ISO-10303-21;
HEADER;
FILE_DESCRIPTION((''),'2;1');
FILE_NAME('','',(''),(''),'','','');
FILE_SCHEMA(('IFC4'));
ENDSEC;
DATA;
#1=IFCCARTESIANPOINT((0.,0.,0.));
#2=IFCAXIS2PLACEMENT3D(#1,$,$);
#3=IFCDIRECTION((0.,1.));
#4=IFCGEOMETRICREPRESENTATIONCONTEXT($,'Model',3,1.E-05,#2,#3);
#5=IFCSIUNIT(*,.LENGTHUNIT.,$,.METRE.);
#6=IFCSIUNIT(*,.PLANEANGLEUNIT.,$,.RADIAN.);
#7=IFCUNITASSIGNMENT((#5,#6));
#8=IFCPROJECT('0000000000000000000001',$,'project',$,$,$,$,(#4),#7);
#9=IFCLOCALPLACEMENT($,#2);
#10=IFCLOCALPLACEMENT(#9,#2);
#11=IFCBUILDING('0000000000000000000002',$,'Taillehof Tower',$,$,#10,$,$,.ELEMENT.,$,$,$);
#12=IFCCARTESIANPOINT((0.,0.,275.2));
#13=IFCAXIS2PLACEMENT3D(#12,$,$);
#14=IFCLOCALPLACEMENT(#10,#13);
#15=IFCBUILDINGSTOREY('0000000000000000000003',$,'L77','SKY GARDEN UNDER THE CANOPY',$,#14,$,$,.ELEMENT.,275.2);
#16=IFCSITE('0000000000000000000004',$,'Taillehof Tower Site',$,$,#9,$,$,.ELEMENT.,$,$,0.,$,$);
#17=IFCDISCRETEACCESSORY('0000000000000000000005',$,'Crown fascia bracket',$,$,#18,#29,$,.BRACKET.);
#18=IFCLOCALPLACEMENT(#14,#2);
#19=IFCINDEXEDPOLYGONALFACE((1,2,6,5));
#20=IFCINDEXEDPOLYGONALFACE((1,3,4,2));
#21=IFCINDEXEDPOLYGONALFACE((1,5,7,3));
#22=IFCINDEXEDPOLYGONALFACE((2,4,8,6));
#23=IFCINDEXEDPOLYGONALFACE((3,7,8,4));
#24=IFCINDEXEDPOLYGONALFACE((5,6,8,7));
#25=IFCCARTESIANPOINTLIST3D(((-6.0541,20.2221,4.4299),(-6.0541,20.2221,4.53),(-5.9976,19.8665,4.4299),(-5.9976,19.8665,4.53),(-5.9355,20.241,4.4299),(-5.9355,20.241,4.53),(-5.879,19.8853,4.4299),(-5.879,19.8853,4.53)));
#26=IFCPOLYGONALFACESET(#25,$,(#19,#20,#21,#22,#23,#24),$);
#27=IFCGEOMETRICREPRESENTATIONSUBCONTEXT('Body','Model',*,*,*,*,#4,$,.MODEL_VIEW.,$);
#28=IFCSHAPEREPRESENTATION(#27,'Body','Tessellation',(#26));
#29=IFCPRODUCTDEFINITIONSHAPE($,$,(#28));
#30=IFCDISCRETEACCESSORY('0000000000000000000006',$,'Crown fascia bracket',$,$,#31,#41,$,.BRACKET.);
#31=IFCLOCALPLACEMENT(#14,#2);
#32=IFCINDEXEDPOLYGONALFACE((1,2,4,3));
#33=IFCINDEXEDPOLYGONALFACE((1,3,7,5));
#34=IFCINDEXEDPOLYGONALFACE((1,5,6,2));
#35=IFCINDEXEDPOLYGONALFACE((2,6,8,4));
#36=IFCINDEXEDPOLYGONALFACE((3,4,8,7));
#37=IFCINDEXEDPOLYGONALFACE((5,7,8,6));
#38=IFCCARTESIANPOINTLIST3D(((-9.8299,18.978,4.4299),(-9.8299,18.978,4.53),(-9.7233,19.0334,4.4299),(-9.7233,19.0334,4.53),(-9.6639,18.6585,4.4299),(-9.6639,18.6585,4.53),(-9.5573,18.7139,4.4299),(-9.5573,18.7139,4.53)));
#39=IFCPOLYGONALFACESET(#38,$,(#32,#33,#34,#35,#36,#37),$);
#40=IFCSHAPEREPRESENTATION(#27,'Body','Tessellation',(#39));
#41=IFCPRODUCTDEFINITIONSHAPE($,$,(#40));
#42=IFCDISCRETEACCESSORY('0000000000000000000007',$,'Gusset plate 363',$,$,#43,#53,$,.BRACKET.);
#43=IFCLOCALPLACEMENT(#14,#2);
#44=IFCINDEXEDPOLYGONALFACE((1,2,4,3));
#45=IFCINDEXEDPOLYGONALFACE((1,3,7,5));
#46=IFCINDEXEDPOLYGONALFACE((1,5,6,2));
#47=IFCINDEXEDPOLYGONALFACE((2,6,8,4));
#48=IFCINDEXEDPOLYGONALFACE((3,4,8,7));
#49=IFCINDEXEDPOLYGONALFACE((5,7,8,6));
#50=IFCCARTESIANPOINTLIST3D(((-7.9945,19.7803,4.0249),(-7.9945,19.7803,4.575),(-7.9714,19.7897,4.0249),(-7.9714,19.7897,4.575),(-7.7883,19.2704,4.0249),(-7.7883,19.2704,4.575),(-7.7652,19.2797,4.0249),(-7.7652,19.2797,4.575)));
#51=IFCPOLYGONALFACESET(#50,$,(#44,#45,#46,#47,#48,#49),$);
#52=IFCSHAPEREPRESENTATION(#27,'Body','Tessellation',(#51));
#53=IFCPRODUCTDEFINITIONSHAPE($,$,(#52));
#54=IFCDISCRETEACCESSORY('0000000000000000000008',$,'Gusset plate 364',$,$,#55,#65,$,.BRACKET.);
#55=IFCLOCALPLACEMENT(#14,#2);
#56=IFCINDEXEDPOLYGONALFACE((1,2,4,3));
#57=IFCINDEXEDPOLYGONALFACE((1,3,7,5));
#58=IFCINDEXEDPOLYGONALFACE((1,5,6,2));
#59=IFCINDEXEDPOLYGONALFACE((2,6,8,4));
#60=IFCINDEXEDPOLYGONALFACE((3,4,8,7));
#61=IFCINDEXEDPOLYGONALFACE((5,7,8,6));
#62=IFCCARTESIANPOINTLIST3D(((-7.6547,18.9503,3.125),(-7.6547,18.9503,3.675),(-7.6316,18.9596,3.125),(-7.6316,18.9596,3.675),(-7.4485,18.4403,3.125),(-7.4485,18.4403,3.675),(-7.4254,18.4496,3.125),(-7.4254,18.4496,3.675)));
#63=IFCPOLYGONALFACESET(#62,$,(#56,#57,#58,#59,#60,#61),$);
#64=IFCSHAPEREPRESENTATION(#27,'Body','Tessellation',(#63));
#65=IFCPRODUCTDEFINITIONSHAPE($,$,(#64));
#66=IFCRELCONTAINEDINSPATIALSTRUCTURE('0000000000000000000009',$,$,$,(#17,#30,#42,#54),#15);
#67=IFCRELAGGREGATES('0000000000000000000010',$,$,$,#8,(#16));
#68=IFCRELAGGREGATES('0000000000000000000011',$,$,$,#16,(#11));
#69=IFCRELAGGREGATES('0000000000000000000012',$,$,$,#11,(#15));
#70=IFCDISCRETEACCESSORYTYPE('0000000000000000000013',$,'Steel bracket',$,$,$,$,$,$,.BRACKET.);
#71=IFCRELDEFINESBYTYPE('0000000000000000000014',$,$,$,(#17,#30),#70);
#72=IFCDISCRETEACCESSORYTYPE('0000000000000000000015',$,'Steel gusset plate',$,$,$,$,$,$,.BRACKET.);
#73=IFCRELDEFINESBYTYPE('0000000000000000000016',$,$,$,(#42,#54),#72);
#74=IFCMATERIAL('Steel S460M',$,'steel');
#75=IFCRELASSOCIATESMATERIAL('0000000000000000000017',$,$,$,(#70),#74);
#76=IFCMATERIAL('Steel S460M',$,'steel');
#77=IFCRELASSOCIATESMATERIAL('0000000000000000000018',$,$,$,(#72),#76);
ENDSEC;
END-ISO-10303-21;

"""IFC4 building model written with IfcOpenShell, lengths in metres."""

from ifc_helpers import new_model, si_unit, direction, frame, origin, origin_2d, place, context, subcontext, project, spatial, rectangle, extrude, material, type_object, element, save


model = new_model("IFC4")

# Units and contexts
model_context = context("Model", 3, precision=1e-05, world=origin(), true_north=direction((0.0, 1.0)))
body_context = subcontext(model_context, "Body", "Model", "MODEL_VIEW")
ifc_project = project(units=[si_unit("LENGTHUNIT", "METRE"), si_unit("PLANEANGLEUNIT", "RADIAN")], contexts=[model_context])

# Site, building, storey
site_placement = place(None, origin())
site = spatial("IfcSite", under=ifc_project, at=site_placement, Name="Taillehof Tower Site", CompositionType="ELEMENT", RefElevation=0.0)
building_placement = place(site_placement, origin())
building = spatial("IfcBuilding", under=site, at=building_placement, Name="Taillehof Tower", CompositionType="ELEMENT")
storey_placement = place(building_placement, frame((0.0, 0.0, 275.2)))
storey = spatial("IfcBuildingStorey", under=building, at=storey_placement, Name="L77", Description="SKY GARDEN UNDER THE CANOPY", CompositionType="ELEMENT", Elevation=275.2)

# Discrete accessories
ifc_material_1 = material(Name="Steel S460M", Category="steel")
discrete_accessory_type_1 = type_object("IfcDiscreteAccessoryType", Name="Steel bracket", PredefinedType="BRACKET", material=ifc_material_1)
for number, where, z_axis, x_axis, name in (
    (1, (-5.9666, 20.0537, 4.4299), (0.0, 0.0, 1.0), (-0.156802, 0.98763, 0.0), "Crown fascia bracket"),
    (2, (-9.6936, 18.8459, 4.4299), (0.0, 0.0, 1.0), (-0.461145, 0.887325, 0.0), "Crown fascia bracket"),
):
    element("IfcDiscreteAccessory", number, at=place(storey_placement, frame(where, z_axis=z_axis, x_axis=x_axis)), inside=storey, type_object=discrete_accessory_type_1, Name=name, PredefinedType="BRACKET", context=body_context, shape_type="SweptSolid", body=[
        extrude(rectangle(XDim=0.3601, YDim=0.1201, at=origin_2d()), origin(), (0.0, 0.0, 1.0), 0.1001),
    ])
ifc_material_2 = material(Name="Steel S460M", Category="steel")
discrete_accessory_type_2 = type_object("IfcDiscreteAccessoryType", Name="Steel gusset plate", PredefinedType="BRACKET", material=ifc_material_2)
for number, where, z_axis, x_axis, name in (
    (3, (-7.8799, 19.53, 4.0249), (0.0, 0.0, 1.0), (0.374844, -0.927088, 0.0), "Gusset plate 363"),
    (4, (-7.54, 18.7, 3.125), (0.0, 0.0, 1.0), (0.374844, -0.927088, 0.0), "Gusset plate 364"),
):
    element("IfcDiscreteAccessory", number, at=place(storey_placement, frame(where, z_axis=z_axis, x_axis=x_axis)), inside=storey, type_object=discrete_accessory_type_2, Name=name, PredefinedType="BRACKET", context=body_context, shape_type="SweptSolid", body=[
        extrude(rectangle(XDim=0.55, YDim=0.0249, at=origin_2d()), origin(), (0.0, 0.0, 1.0), 0.55),
    ])

save(model, "model.ifc")
